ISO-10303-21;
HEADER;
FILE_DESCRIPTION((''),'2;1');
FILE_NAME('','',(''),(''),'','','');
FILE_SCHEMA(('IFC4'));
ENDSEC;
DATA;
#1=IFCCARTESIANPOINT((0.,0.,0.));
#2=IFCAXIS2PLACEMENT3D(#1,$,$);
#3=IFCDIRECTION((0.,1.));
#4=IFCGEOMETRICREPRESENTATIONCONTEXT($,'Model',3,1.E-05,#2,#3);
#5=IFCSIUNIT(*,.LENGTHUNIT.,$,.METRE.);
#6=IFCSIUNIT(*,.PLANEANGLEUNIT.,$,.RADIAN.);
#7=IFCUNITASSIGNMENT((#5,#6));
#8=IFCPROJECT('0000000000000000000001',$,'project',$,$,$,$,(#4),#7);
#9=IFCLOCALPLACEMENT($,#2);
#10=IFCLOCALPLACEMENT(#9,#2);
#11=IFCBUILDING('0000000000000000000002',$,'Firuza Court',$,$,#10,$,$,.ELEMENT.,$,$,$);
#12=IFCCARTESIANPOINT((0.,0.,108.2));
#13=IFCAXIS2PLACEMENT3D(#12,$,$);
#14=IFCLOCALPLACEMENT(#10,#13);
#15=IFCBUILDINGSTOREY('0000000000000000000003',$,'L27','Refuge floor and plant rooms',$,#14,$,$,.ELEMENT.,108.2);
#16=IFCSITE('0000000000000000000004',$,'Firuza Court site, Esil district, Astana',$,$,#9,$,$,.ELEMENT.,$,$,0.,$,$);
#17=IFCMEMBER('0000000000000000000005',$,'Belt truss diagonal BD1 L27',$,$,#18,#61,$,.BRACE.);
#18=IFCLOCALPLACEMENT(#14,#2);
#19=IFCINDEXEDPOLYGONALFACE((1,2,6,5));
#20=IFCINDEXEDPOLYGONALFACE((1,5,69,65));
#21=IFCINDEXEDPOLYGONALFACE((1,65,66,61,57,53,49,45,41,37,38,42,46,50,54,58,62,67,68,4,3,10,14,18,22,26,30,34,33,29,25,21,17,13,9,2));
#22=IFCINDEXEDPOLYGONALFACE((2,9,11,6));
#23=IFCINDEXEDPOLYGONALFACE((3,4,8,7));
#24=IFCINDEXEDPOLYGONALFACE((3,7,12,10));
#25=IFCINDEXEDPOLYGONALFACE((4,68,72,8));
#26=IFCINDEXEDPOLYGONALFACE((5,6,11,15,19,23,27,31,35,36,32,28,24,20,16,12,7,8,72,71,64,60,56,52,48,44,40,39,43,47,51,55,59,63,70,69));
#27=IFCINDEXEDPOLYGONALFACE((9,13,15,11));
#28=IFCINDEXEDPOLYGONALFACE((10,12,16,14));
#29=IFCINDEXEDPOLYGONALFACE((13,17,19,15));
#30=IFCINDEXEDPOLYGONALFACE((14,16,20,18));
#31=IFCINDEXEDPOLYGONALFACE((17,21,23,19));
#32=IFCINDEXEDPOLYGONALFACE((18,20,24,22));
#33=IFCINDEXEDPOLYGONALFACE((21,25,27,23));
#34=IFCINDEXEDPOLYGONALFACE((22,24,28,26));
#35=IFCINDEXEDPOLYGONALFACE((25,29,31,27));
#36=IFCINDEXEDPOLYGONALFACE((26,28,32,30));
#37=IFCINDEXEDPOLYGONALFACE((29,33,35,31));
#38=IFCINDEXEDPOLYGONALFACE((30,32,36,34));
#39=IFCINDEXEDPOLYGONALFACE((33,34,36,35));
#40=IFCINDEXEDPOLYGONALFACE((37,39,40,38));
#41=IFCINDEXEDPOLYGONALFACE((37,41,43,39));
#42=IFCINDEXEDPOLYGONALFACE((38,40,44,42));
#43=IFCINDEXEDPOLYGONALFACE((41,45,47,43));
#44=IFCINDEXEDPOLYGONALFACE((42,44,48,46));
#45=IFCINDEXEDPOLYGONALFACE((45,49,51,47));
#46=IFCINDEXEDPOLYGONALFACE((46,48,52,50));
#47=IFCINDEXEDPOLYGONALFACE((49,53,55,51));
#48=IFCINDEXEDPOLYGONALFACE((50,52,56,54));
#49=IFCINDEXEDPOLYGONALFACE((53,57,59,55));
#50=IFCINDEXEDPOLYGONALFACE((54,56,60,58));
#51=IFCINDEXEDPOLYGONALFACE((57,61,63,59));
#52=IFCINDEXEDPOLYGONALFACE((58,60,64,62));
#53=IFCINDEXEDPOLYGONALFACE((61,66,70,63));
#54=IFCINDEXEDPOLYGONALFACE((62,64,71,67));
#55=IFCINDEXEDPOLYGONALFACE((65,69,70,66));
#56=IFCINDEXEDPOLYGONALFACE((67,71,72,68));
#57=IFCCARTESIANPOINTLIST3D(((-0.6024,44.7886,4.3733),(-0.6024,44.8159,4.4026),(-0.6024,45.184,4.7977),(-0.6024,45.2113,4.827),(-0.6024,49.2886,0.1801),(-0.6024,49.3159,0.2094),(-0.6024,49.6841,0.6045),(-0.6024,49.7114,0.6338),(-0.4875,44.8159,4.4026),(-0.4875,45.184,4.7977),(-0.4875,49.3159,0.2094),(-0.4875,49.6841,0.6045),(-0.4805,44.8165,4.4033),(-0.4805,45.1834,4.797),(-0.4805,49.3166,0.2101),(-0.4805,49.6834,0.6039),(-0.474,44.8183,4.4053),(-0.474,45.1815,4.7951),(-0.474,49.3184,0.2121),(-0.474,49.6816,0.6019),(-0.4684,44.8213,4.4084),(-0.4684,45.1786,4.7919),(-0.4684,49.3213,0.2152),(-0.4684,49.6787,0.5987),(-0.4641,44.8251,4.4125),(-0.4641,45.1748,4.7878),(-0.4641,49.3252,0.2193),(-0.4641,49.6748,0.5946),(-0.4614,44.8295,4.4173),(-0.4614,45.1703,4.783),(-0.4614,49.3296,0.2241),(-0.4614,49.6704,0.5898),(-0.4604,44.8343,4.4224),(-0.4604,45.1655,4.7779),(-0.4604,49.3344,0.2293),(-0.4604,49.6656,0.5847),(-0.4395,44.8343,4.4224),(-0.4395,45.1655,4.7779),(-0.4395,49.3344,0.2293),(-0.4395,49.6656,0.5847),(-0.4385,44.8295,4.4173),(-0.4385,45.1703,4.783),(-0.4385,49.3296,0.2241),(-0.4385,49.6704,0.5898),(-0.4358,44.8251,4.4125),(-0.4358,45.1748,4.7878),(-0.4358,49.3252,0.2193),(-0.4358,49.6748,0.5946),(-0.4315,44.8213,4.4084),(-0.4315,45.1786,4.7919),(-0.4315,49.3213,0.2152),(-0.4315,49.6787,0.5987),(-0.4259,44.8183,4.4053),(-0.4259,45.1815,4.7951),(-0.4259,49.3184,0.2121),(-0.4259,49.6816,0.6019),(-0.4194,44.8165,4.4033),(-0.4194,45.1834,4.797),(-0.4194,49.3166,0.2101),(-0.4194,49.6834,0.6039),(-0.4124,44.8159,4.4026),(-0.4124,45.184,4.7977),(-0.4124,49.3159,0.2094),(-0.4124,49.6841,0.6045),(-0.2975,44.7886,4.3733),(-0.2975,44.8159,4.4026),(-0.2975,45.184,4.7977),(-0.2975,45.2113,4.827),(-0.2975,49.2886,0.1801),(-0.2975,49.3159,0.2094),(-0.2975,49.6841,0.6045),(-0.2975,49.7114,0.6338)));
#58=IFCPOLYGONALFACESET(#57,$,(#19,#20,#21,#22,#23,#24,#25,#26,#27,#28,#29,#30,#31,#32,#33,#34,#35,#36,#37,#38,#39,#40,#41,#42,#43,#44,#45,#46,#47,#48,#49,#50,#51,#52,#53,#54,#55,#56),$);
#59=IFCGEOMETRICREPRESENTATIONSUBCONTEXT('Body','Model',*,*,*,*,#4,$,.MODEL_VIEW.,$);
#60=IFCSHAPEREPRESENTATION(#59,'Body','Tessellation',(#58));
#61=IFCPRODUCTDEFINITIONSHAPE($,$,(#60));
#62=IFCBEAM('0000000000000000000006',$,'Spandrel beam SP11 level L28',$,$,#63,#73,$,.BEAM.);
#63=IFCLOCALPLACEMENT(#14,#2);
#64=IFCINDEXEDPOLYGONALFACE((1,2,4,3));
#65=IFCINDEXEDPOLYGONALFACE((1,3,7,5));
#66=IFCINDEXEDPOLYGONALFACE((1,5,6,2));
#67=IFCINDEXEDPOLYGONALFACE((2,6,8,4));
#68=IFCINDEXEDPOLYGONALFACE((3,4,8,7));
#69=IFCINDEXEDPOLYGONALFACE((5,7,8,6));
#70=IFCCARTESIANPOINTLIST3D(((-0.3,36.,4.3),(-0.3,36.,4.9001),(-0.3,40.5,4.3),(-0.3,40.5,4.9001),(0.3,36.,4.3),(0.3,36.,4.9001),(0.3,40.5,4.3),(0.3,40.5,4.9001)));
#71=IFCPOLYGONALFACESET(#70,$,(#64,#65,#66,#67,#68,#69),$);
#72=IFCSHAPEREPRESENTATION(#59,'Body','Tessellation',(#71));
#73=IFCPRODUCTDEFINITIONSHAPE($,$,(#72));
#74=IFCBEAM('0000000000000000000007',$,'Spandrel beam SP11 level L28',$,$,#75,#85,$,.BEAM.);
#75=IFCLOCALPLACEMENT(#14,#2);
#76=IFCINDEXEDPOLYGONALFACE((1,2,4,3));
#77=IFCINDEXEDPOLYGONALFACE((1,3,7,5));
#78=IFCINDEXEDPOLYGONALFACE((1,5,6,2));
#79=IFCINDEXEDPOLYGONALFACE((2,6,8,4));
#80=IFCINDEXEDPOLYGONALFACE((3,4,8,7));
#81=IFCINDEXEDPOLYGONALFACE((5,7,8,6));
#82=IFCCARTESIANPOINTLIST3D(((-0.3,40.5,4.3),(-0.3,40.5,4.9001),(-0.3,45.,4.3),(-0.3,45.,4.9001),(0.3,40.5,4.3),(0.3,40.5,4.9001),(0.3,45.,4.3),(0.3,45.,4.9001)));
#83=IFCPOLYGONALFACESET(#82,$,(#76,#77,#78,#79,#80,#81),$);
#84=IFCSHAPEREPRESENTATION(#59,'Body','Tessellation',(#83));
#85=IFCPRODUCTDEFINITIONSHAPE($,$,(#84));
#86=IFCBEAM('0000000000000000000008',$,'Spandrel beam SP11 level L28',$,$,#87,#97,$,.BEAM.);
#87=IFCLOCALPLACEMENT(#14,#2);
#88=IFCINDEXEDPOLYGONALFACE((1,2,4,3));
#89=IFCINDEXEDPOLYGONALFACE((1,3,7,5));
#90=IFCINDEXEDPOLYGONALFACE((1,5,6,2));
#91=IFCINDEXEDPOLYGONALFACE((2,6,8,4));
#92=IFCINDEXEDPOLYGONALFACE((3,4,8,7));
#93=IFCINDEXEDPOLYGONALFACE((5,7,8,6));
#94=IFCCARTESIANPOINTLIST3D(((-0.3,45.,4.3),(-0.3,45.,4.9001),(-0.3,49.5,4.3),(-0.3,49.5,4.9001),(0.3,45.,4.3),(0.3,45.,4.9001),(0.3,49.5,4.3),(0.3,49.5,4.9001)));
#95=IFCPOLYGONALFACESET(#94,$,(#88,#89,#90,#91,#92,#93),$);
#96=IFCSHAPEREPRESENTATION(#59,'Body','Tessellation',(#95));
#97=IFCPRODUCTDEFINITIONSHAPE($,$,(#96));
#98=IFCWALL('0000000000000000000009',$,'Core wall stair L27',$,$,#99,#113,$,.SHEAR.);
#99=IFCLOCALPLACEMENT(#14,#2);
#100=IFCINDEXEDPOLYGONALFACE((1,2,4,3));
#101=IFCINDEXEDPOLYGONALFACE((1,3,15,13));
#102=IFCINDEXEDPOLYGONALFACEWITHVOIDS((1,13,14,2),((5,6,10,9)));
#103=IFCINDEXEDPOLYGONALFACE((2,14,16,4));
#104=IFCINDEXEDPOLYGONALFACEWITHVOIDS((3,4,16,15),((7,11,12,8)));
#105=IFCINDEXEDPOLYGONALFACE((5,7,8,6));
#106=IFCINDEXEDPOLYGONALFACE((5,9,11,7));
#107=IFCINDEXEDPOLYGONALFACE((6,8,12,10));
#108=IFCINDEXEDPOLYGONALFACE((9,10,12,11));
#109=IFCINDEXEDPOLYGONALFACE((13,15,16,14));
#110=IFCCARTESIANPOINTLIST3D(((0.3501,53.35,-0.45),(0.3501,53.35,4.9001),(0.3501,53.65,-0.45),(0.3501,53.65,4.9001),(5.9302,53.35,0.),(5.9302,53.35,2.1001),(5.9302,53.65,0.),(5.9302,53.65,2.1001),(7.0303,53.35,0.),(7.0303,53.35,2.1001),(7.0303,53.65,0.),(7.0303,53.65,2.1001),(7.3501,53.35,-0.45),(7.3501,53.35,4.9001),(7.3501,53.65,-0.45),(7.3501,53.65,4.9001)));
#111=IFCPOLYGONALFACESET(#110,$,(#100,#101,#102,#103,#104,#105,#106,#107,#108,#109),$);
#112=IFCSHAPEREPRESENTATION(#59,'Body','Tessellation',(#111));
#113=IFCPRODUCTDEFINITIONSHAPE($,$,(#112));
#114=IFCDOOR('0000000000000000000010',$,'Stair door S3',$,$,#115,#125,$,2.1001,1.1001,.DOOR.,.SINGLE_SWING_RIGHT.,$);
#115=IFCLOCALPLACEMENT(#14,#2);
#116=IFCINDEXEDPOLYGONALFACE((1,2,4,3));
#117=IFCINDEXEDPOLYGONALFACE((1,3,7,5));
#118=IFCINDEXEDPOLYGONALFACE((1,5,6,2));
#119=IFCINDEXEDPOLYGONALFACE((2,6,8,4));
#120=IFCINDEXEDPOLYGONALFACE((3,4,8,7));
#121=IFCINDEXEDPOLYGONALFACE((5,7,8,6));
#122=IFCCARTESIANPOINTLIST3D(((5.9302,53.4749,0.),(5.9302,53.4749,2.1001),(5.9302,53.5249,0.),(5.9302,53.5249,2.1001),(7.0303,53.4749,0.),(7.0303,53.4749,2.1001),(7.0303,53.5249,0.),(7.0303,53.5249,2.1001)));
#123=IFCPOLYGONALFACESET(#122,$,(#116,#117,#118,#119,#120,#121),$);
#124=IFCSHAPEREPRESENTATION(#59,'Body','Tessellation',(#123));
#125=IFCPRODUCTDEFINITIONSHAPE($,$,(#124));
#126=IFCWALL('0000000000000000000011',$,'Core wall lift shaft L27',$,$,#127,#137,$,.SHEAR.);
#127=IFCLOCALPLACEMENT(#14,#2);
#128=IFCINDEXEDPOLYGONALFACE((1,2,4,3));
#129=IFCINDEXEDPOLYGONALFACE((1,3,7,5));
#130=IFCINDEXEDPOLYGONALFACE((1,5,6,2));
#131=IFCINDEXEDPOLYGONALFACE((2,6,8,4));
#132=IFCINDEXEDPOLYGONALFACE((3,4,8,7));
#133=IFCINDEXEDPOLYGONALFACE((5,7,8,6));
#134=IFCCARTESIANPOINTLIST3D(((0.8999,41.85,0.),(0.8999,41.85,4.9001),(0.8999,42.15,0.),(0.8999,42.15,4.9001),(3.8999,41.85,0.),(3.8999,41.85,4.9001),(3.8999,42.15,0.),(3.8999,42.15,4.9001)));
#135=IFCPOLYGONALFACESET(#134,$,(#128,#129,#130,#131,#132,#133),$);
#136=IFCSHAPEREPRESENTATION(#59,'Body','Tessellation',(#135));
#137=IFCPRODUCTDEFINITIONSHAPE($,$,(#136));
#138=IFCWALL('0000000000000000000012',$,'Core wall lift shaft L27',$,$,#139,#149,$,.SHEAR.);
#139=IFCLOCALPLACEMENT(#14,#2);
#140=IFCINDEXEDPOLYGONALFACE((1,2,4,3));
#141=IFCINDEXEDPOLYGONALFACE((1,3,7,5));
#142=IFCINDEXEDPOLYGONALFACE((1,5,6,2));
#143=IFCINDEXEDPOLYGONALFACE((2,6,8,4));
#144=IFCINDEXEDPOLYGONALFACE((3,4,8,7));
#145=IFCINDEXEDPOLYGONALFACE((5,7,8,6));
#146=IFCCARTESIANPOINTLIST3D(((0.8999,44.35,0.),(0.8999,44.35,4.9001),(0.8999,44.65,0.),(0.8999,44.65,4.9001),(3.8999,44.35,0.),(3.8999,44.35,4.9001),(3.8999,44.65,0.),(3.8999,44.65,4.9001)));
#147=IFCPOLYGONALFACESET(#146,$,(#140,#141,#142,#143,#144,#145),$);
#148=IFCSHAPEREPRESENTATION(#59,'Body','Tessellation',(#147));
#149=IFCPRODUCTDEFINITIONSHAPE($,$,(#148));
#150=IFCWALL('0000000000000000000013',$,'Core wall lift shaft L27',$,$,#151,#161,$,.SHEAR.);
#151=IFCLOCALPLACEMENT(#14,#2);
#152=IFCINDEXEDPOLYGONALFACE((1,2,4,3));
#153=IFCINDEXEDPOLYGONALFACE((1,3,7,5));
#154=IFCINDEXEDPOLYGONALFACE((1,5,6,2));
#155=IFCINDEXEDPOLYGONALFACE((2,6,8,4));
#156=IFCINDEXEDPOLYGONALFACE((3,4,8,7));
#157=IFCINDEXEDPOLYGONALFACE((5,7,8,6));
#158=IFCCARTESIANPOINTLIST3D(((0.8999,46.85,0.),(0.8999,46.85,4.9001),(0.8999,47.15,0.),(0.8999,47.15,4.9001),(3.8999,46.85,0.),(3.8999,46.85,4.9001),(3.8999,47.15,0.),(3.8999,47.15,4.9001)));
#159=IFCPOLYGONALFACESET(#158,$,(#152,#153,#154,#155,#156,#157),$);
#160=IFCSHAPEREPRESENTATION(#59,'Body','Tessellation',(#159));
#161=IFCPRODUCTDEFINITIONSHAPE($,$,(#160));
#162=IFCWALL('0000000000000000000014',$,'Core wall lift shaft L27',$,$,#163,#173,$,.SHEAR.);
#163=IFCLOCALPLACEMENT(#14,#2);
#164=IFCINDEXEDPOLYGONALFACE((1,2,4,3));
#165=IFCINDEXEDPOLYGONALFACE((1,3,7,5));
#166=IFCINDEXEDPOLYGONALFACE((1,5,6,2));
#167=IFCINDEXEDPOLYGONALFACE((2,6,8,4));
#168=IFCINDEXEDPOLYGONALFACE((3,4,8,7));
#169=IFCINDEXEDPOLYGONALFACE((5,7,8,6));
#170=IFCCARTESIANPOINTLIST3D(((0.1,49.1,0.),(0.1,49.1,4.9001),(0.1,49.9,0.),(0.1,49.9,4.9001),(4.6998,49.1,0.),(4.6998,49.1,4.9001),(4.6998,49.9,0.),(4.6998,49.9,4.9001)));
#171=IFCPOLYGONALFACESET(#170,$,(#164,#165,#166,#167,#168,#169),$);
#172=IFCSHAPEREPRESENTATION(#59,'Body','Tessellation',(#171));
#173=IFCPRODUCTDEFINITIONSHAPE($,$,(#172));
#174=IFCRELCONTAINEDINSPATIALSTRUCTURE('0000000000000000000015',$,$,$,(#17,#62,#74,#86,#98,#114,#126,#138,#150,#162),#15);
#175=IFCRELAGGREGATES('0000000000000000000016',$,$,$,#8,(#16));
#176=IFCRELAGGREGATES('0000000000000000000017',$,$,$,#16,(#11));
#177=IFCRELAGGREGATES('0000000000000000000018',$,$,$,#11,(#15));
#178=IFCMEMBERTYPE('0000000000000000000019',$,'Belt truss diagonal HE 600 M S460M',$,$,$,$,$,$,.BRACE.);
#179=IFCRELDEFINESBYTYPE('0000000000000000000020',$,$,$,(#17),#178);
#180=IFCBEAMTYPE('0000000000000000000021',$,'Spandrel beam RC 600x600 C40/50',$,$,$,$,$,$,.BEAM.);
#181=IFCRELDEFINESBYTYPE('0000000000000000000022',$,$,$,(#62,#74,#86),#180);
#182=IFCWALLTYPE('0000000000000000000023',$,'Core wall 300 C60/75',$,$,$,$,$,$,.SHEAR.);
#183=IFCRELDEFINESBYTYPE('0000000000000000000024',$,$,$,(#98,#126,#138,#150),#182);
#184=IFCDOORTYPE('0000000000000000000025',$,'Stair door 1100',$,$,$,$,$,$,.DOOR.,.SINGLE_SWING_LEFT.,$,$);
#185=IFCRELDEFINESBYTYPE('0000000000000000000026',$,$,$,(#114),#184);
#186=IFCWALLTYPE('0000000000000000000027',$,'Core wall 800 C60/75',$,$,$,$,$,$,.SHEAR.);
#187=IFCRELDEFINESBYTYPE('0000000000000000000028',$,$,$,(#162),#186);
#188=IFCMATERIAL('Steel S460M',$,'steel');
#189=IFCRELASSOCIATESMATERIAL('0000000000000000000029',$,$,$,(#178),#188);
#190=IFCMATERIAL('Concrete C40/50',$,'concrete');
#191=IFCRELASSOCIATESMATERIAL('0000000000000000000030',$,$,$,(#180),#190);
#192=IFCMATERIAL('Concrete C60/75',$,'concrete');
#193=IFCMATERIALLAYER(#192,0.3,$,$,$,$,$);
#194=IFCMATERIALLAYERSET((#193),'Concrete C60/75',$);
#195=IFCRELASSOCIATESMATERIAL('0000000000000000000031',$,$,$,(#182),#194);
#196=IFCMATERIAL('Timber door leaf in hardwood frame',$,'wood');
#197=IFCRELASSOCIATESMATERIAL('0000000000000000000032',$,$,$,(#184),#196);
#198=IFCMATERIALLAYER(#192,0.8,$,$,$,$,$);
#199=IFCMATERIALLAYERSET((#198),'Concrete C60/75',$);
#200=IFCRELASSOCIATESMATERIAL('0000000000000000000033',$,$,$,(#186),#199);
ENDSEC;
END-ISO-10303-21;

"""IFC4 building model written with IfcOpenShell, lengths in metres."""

from ifc_helpers import new_model, si_unit, direction, frame, frame_2d, origin, origin_2d, place, context, subcontext, project, spatial, rectangle, i_section, extrude, material, layer, layer_set, material_profile, profile_set, type_object, element, fill, save


model = new_model("IFC4")

# Units and contexts
model_context = context("Model", 3, precision=1e-05, world=origin(), true_north=direction((0.0, 1.0)))
body_context = subcontext(model_context, "Body", "Model", "MODEL_VIEW")
ifc_project = project(units=[si_unit("LENGTHUNIT", "METRE"), si_unit("PLANEANGLEUNIT", "RADIAN")], contexts=[model_context])

# Site, building, storey
site_placement = place(None, origin())
site = spatial("IfcSite", under=ifc_project, at=site_placement, Name="Firuza Court site, Esil district, Astana", CompositionType="ELEMENT", RefElevation=0.0)
building_placement = place(site_placement, origin())
building = spatial("IfcBuilding", under=site, at=building_placement, Name="Firuza Court", CompositionType="ELEMENT")
storey_placement = place(building_placement, frame((0.0, 0.0, 108.2)))
storey = spatial("IfcBuildingStorey", under=building, at=storey_placement, Name="L27", Description="Refuge floor and plant rooms", CompositionType="ELEMENT", Elevation=108.2)

# Member
ifc_material_1 = material(Name="Steel S460M", Category="steel")
ifc_material_profile_1 = material_profile(ifc_material_1, i_section(OverallWidth=0.3049, OverallDepth=0.6201, WebThickness=0.021, FlangeThickness=0.04, FilletRadius=0.0271, at=origin_2d()), Name="HE 600 M")
ifc_profile_set_1 = profile_set([ifc_material_profile_1], Name="Steel S460M")
member_type_1 = type_object("IfcMemberType", Name="Belt truss diagonal HE 600 M S460M", PredefinedType="BRACE", material=ifc_profile_set_1)
member_placement = place(storey_placement, frame((-0.45, 49.5, 0.407), z_axis=(0.0, -0.731613, 0.68172), x_axis=(1.0, 0.0, 0.0)))
element("IfcMember", 1, at=member_placement, inside=storey, type_object=member_type_1, Name="Belt truss diagonal BD1 L27", PredefinedType="BRACE", context=body_context, shape_type="SweptSolid", body=[
    extrude(i_section(OverallWidth=0.3049, OverallDepth=0.6201, WebThickness=0.021, FlangeThickness=0.04, FilletRadius=0.0271, at=origin_2d()), origin(), (0.0, 0.0, 1.0), 6.1509),
])

# Beams
ifc_material_2 = material(Name="Concrete C40/50", Category="concrete")
ifc_material_profile_2 = material_profile(ifc_material_2, rectangle(XDim=0.6001, YDim=0.6001, at=origin_2d()), Name="RC 600x600")
ifc_profile_set_2 = profile_set([ifc_material_profile_2], Name="Concrete C40/50")
beam_type = type_object("IfcBeamType", Name="Spandrel beam RC 600x600 C40/50", PredefinedType="BEAM", material=ifc_profile_set_2)
for number, where, z_axis, x_axis, name in (
    (2, (0.0, 40.5, 4.6001), (0.0, -1.0, 0.0), (1.0, 0.0, 0.0), "Spandrel beam SP11 level L28"),
    (3, (0.0, 45.0, 4.6001), (0.0, -1.0, 0.0), (1.0, 0.0, 0.0), "Spandrel beam SP11 level L28"),
    (4, (0.0, 49.5, 4.6001), (0.0, -1.0, 0.0), (1.0, 0.0, 0.0), "Spandrel beam SP11 level L28"),
):
    element("IfcBeam", number, at=place(storey_placement, frame(where, z_axis=z_axis, x_axis=x_axis)), inside=storey, type_object=beam_type, Name=name, PredefinedType="BEAM", context=body_context, shape_type="SweptSolid", body=[
        extrude(rectangle(XDim=0.6001, YDim=0.6001, at=origin_2d()), origin(), (0.0, 0.0, 1.0), 4.5),
    ])

# Wall, opening, door
ifc_material_3 = material(Name="Concrete C60/75", Category="concrete")
ifc_layer_1 = layer(ifc_material_3, 0.3)
ifc_layer_set_1 = layer_set([ifc_layer_1], Name="Concrete C60/75")
wall_type_1 = type_object("IfcWallType", Name="Core wall 300 C60/75", PredefinedType="SHEAR", material=ifc_layer_set_1)
wall_1_placement = place(storey_placement, frame((0.3501, 53.5, -0.45), z_axis=(0.0, 0.0, 1.0), x_axis=(1.0, 0.0, 0.0)))
wall_1 = element("IfcWall", 5, at=wall_1_placement, inside=storey, type_object=wall_type_1, Name="Core wall stair L27", PredefinedType="SHEAR", context=body_context, shape_type="SweptSolid", body=[
    extrude(rectangle(XDim=7.0, YDim=0.3, at=frame_2d((3.5, 0.0))), origin(), (0.0, 0.0, 1.0), 5.3501),
])
opening_placement = place(wall_1_placement, frame((5.5801, 0.0, 0.45)))
opening = element("IfcOpeningElement", 6, at=opening_placement, cuts=wall_1, PredefinedType="OPENING", context=body_context, shape_type="SweptSolid", body=[
    extrude(rectangle(XDim=1.1001, YDim=2.1001, at=frame_2d((0.55, 1.05))), frame((0.0, 0.1621, 0.0), z_axis=(0.0, -1.0, 0.0), x_axis=(1.0, 0.0, 0.0)), (0.0, 0.0, 1.0), 0.324),
])
ifc_material_4 = material(Name="Timber door leaf in hardwood frame", Category="wood")
door_type = type_object("IfcDoorType", Name="Stair door 1100", OperationType="SINGLE_SWING_LEFT", PredefinedType="DOOR", material=ifc_material_4)
door_placement = place(opening_placement, origin())
door = element("IfcDoor", 7, at=door_placement, inside=storey, type_object=door_type, Name="Stair door S3", OperationType="SINGLE_SWING_RIGHT", OverallHeight=2.1001, OverallWidth=1.1001, PredefinedType="DOOR", context=body_context, shape_type="SweptSolid", body=[
    extrude(rectangle(XDim=1.1001, YDim=2.1001, at=frame_2d((0.55, 1.05))), frame((0.0, 0.0249, 0.0), z_axis=(0.0, -1.0, 0.0), x_axis=(1.0, 0.0, 0.0)), (0.0, 0.0, 1.0), 0.05),
])
fill(opening, door)

# Walls
for number, where, z_axis, x_axis, name in (
    (8, (0.8999, 42.0, 0.0), (0.0, 0.0, 1.0), (1.0, 0.0, 0.0), "Core wall lift shaft L27"),
    (9, (0.8999, 44.5, 0.0), (0.0, 0.0, 1.0), (1.0, 0.0, 0.0), "Core wall lift shaft L27"),
    (10, (0.8999, 47.0, 0.0), (0.0, 0.0, 1.0), (1.0, 0.0, 0.0), "Core wall lift shaft L27"),
):
    element("IfcWall", number, at=place(storey_placement, frame(where, z_axis=z_axis, x_axis=x_axis)), inside=storey, type_object=wall_type_1, Name=name, PredefinedType="SHEAR", context=body_context, shape_type="SweptSolid", body=[
        extrude(rectangle(XDim=3.0, YDim=0.3, at=frame_2d((1.5, 0.0))), origin(), (0.0, 0.0, 1.0), 4.9001),
    ])
ifc_layer_2 = layer(ifc_material_3, 0.8)
ifc_layer_set_2 = layer_set([ifc_layer_2], Name="Concrete C60/75")
wall_type_2 = type_object("IfcWallType", Name="Core wall 800 C60/75", PredefinedType="SHEAR", material=ifc_layer_set_2)
wall_2_placement = place(storey_placement, frame((0.1001, 49.5, 0.0), z_axis=(0.0, 0.0, 1.0), x_axis=(1.0, 0.0, 0.0)))
element("IfcWall", 11, at=wall_2_placement, inside=storey, type_object=wall_type_2, Name="Core wall lift shaft L27", PredefinedType="SHEAR", context=body_context, shape_type="SweptSolid", body=[
    extrude(rectangle(XDim=4.5999, YDim=0.8, at=frame_2d((2.2998, 0.0))), origin(), (0.0, 0.0, 1.0), 4.9001),
])

save(model, "model.ifc")
